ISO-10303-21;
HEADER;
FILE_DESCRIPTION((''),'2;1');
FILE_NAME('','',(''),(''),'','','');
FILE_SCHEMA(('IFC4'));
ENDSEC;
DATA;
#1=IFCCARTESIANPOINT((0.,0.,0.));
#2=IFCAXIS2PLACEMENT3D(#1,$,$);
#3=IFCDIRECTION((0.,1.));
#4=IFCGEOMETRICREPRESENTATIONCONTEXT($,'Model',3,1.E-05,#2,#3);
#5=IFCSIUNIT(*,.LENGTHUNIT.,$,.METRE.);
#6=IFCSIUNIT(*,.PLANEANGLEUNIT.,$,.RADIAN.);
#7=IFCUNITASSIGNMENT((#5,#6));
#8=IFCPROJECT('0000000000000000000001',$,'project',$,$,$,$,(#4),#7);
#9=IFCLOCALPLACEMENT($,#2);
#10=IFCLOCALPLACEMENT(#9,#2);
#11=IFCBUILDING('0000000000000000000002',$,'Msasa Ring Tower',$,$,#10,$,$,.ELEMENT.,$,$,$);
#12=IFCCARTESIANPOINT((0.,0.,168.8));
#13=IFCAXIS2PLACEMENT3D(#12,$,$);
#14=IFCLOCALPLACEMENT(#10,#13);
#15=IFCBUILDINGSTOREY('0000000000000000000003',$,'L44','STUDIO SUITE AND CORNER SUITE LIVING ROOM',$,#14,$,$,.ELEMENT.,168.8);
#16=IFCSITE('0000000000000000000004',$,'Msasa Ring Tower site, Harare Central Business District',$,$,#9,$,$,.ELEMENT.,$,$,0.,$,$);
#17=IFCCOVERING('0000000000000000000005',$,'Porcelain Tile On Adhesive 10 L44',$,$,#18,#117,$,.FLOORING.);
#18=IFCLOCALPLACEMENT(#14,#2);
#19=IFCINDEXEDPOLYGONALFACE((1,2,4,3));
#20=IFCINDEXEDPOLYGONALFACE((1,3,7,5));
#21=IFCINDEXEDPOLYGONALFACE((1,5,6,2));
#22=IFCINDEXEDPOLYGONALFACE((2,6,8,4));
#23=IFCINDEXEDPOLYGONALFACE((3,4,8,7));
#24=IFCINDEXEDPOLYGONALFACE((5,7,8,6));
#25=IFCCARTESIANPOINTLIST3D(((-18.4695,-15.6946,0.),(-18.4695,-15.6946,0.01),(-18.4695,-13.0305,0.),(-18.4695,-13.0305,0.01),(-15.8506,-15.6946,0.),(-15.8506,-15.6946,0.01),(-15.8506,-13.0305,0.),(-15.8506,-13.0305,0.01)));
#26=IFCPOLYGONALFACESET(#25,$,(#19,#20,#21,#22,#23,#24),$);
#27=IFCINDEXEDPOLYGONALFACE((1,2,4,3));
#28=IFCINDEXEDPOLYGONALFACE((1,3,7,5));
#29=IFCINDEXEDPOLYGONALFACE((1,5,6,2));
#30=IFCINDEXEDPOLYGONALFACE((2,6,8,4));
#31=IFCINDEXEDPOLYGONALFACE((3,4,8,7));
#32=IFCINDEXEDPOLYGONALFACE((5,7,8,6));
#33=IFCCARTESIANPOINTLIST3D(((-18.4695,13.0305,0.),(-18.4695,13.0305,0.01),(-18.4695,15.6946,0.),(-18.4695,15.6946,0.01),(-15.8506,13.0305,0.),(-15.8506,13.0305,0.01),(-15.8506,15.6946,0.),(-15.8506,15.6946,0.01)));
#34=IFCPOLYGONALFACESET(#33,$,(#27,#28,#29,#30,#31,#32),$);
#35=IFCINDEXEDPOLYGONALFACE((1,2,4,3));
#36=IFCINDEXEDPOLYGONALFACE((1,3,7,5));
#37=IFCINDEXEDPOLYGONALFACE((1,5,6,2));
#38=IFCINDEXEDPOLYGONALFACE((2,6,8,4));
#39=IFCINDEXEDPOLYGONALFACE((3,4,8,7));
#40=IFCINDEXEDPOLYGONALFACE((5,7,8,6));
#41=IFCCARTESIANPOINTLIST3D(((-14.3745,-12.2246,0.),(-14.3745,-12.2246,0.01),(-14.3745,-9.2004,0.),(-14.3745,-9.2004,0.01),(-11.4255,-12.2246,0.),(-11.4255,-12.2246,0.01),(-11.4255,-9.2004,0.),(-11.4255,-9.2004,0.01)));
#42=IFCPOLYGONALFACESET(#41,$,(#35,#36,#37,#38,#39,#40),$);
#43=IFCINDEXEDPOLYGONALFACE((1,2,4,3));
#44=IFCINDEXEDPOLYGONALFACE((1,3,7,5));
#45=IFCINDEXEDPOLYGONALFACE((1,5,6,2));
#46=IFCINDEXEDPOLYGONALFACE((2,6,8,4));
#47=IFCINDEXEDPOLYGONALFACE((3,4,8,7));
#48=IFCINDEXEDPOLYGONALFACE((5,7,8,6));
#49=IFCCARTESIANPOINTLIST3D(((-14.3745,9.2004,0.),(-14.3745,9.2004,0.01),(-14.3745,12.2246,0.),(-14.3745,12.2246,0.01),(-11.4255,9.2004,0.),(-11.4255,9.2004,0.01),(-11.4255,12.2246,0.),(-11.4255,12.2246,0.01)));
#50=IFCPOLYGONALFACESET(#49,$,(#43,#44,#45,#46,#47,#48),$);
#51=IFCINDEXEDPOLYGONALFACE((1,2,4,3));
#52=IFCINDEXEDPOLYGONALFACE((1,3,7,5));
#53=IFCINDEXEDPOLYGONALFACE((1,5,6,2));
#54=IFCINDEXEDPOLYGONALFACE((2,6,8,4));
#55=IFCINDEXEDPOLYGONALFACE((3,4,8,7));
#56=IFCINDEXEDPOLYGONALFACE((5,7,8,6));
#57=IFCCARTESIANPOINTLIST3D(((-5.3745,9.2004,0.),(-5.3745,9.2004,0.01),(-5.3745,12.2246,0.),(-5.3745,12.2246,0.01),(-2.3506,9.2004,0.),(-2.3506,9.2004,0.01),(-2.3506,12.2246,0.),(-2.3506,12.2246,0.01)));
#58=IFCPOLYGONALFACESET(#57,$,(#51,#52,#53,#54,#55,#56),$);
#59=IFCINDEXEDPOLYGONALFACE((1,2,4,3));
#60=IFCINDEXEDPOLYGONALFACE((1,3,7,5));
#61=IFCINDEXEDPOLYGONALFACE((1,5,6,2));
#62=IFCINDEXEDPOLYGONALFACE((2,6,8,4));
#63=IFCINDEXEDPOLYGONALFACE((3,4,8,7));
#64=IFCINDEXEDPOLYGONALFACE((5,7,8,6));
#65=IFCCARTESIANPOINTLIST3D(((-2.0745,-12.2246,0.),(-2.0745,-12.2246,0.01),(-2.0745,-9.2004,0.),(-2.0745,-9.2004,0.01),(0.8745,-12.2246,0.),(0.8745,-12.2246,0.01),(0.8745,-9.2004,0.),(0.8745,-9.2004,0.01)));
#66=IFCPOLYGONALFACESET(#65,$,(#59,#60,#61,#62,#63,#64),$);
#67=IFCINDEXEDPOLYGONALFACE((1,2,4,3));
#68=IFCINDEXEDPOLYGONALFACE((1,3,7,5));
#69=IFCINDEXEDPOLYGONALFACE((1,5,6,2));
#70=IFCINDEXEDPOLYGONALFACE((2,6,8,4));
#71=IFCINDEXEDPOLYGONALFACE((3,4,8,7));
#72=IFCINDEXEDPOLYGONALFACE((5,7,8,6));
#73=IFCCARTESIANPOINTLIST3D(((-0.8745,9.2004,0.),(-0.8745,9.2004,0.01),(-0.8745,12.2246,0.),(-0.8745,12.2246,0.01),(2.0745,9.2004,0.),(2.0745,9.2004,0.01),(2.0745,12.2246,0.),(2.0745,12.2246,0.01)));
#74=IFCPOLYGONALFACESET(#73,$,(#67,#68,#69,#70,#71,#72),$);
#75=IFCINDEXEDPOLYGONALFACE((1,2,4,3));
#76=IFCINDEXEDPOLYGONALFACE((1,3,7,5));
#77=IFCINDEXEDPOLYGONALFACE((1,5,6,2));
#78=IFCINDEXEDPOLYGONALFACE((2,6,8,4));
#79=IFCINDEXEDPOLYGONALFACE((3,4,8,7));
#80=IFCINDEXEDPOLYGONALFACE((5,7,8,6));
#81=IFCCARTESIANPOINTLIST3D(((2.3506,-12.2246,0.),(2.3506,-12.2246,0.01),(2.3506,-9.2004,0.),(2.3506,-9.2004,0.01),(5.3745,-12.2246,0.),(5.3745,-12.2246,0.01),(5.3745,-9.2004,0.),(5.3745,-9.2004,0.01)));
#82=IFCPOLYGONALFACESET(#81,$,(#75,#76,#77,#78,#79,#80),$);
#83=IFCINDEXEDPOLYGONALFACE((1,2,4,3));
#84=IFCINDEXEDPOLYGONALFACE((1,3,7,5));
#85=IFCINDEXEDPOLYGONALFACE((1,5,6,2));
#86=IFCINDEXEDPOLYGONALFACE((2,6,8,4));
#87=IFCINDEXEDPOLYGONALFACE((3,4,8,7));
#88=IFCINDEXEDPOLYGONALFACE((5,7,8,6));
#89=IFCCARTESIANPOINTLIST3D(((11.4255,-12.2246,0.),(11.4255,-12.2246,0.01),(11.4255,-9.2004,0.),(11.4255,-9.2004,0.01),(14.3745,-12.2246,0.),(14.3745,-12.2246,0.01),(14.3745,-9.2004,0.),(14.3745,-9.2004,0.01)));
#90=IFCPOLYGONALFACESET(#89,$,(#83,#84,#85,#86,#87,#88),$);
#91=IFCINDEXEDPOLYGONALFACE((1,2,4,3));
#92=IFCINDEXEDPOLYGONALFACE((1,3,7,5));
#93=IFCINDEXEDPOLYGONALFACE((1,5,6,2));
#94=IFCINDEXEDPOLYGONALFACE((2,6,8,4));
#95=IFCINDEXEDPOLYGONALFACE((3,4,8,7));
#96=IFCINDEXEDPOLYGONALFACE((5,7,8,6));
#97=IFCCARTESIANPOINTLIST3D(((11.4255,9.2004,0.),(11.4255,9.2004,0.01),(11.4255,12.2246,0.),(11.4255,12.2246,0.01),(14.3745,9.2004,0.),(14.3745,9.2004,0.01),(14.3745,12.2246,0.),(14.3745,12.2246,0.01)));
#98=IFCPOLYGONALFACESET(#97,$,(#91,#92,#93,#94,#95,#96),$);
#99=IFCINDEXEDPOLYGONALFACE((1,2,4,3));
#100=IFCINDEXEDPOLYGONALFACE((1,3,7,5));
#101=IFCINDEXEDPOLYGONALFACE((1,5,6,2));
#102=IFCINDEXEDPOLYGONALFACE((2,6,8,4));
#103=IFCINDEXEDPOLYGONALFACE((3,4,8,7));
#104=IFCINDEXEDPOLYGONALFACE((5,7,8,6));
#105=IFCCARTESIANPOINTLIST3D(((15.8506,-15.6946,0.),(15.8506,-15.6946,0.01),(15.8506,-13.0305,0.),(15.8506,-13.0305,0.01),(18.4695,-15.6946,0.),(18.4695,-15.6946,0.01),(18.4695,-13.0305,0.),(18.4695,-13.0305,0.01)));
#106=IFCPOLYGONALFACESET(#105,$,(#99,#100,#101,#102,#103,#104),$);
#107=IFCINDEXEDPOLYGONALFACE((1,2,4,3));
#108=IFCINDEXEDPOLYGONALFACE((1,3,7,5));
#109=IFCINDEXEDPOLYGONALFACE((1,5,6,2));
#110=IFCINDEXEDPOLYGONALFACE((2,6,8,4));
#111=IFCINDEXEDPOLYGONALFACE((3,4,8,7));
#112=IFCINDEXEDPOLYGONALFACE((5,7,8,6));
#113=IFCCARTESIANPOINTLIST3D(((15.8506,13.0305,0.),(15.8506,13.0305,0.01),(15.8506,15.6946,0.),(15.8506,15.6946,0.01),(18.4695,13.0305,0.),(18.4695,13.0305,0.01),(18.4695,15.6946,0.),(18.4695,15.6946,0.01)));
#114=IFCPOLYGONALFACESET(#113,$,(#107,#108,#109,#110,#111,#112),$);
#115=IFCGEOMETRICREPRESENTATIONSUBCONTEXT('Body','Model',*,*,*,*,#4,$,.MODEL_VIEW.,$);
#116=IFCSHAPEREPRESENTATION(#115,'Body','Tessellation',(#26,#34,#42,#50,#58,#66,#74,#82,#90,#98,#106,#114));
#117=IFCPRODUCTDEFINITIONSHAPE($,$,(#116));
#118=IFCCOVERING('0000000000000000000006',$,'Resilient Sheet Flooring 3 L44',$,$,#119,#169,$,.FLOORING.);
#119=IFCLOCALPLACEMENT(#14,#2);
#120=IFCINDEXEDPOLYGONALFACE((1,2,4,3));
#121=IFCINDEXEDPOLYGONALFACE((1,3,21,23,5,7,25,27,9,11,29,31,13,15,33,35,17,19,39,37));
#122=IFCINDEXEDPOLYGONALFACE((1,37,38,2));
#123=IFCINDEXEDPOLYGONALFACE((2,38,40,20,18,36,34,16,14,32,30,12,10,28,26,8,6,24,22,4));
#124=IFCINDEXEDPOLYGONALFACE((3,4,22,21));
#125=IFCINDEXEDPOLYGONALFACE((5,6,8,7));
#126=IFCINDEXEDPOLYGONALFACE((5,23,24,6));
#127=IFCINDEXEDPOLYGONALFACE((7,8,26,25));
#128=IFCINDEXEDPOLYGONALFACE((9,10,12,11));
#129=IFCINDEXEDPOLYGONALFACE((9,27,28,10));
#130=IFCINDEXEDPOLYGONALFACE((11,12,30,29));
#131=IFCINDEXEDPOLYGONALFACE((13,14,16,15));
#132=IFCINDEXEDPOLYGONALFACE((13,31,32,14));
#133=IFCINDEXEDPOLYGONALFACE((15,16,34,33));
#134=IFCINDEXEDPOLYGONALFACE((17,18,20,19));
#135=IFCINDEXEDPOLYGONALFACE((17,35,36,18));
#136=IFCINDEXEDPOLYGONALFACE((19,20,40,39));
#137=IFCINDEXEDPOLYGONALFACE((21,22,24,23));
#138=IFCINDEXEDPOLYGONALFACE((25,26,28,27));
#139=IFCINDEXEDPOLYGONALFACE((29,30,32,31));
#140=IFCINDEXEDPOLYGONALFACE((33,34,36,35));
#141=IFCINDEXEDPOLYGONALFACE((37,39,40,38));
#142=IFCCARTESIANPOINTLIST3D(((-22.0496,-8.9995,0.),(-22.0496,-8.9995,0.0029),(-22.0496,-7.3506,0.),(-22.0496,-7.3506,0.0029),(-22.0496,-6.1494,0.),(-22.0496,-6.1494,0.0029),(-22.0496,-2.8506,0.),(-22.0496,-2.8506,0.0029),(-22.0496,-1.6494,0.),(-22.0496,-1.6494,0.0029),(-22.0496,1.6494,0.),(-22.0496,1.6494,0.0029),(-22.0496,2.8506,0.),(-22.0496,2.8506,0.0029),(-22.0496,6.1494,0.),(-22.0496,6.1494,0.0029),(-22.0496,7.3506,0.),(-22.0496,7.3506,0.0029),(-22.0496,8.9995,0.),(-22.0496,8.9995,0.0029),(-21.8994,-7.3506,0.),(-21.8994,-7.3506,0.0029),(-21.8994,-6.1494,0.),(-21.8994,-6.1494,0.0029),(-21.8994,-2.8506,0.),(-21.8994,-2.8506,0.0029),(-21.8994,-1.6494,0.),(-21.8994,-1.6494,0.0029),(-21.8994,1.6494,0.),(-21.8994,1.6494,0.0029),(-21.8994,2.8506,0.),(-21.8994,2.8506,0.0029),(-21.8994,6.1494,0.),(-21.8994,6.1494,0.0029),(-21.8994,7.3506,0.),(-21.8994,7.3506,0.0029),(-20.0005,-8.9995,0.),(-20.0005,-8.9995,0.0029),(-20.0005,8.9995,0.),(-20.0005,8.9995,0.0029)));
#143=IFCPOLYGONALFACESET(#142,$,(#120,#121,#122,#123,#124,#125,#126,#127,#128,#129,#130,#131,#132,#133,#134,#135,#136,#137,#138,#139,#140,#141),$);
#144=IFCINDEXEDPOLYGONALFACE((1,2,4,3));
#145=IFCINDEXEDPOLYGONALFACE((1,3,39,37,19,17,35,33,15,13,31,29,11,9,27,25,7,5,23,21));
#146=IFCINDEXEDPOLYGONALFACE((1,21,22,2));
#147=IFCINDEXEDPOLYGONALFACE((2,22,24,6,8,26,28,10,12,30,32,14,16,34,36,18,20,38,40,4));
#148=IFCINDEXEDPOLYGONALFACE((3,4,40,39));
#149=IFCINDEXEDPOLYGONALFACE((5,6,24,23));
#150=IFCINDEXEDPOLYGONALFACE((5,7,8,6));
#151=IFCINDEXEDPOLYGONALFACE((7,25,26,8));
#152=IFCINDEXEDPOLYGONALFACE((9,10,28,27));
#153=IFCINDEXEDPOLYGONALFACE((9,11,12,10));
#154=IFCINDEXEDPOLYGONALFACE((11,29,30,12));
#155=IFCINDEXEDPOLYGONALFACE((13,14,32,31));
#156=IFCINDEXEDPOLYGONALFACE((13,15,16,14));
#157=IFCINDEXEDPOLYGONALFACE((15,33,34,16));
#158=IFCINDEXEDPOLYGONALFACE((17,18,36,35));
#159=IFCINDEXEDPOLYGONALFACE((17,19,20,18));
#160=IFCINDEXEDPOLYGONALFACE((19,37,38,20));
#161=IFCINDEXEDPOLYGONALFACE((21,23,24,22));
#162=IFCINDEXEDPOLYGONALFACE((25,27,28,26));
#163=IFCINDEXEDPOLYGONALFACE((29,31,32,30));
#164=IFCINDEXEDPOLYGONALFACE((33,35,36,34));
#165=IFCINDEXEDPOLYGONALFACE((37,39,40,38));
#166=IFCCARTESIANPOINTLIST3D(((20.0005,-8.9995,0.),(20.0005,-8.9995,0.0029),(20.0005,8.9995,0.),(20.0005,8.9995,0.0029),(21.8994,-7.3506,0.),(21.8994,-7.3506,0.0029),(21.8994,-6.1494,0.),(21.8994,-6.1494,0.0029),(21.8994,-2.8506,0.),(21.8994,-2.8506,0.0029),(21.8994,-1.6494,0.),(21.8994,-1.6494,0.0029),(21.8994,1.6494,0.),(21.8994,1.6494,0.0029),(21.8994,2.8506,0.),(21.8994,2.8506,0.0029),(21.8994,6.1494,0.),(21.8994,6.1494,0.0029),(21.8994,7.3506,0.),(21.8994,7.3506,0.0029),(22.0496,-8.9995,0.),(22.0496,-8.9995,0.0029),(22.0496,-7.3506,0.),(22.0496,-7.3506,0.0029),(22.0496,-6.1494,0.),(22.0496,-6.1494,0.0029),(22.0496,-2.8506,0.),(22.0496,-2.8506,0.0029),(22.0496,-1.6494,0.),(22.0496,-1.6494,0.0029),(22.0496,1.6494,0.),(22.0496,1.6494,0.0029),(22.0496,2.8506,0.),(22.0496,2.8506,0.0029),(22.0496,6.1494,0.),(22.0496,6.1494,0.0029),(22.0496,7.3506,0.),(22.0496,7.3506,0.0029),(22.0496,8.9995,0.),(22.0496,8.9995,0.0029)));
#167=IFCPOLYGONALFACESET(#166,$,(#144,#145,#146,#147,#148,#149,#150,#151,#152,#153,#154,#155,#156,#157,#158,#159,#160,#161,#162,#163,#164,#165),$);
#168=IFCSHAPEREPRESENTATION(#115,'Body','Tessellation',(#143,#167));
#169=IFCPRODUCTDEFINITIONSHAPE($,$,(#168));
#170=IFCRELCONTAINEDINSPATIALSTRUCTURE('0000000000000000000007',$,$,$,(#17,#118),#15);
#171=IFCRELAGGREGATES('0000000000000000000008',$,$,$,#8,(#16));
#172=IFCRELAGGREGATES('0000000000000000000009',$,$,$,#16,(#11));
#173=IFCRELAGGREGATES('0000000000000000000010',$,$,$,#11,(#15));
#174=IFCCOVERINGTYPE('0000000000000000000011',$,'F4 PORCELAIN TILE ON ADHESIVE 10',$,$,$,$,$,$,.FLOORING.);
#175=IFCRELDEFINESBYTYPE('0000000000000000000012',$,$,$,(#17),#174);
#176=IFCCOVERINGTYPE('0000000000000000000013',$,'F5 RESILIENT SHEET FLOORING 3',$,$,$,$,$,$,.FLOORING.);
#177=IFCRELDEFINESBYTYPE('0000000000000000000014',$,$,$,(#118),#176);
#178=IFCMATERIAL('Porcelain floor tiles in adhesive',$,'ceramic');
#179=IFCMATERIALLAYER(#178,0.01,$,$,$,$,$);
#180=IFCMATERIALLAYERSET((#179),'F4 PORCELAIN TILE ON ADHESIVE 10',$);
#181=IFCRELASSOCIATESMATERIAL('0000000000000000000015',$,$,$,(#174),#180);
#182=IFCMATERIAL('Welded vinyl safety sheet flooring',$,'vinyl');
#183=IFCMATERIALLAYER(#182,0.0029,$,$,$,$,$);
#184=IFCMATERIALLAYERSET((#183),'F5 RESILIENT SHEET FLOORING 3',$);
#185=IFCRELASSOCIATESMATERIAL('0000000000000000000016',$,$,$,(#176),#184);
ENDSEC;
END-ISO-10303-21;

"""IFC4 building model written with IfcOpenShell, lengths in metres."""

from ifc_helpers import new_model, si_unit, direction, frame, origin, place, context, subcontext, project, spatial, line, indexed_curve, outline, extrude, material, layer, layer_set, type_object, element, save


model = new_model("IFC4")

# Units and contexts
model_context = context("Model", 3, precision=1e-05, world=origin(), true_north=direction((0.0, 1.0)))
body_context = subcontext(model_context, "Body", "Model", "MODEL_VIEW")
ifc_project = project(units=[si_unit("LENGTHUNIT", "METRE"), si_unit("PLANEANGLEUNIT", "RADIAN")], contexts=[model_context])

# Site, building, storey
site_placement = place(None, origin())
site = spatial("IfcSite", under=ifc_project, at=site_placement, Name="Msasa Ring Tower site, Harare Central Business District", CompositionType="ELEMENT", RefElevation=0.0)
building_placement = place(site_placement, origin())
building = spatial("IfcBuilding", under=site, at=building_placement, Name="Msasa Ring Tower", CompositionType="ELEMENT")
storey_placement = place(building_placement, frame((0.0, 0.0, 168.8)))
storey = spatial("IfcBuildingStorey", under=building, at=storey_placement, Name="L44", Description="STUDIO SUITE AND CORNER SUITE LIVING ROOM", CompositionType="ELEMENT", Elevation=168.8)

# Coverings
ifc_material_1 = material(Name="Porcelain floor tiles in adhesive", Category="ceramic")
ifc_layer_1 = layer(ifc_material_1, 0.01)
ifc_layer_set_1 = layer_set([ifc_layer_1], Name="F4 PORCELAIN TILE ON ADHESIVE 10")
covering_type_1 = type_object("IfcCoveringType", Name="F4 PORCELAIN TILE ON ADHESIVE 10", PredefinedType="FLOORING", material=ifc_layer_set_1)
covering_1_placement = place(storey_placement, origin())
element("IfcCovering", 1, at=covering_1_placement, inside=storey, type_object=covering_type_1, Name="Porcelain Tile On Adhesive 10 L44", PredefinedType="FLOORING", context=body_context, shape_type="SweptSolid", body=[
    extrude(outline(indexed_curve([(-18.4695, -13.0305), (-15.8506, -13.0305), (-15.8506, -15.6946), (-18.4695, -15.6946)], segments=[line(1, 2, 3, 4, 1)], self_intersect=False)), origin(), (0.0, 0.0, 1.0), 0.01),
    extrude(outline(indexed_curve([(-15.8506, 15.6946), (-15.8506, 13.0305), (-18.4695, 13.0305), (-18.4695, 15.6946)], segments=[line(1, 2, 3, 4, 1)], self_intersect=False)), origin(), (0.0, 0.0, 1.0), 0.01),
    extrude(outline(indexed_curve([(-11.4255, -9.2004), (-11.4255, -12.2246), (-14.3745, -12.2246), (-14.3745, -9.2004)], segments=[line(1, 2, 3, 4, 1)], self_intersect=False)), origin(), (0.0, 0.0, 1.0), 0.01),
    extrude(outline(indexed_curve([(-14.3745, 9.2004), (-14.3745, 12.2246), (-11.4255, 12.2246), (-11.4255, 9.2004)], segments=[line(1, 2, 3, 4, 1)], self_intersect=False)), origin(), (0.0, 0.0, 1.0), 0.01),
    extrude(outline(indexed_curve([(-2.3506, 9.2004), (-5.3745, 9.2004), (-5.3745, 12.2246), (-2.3506, 12.2246)], segments=[line(1, 2, 3, 4, 1)], self_intersect=False)), origin(), (0.0, 0.0, 1.0), 0.01),
    extrude(outline(indexed_curve([(0.8745, -9.2004), (0.8745, -12.2246), (-2.0745, -12.2246), (-2.0745, -9.2004)], segments=[line(1, 2, 3, 4, 1)], self_intersect=False)), origin(), (0.0, 0.0, 1.0), 0.01),
    extrude(outline(indexed_curve([(-0.8745, 9.2004), (-0.8745, 12.2246), (2.0745, 12.2246), (2.0745, 9.2004)], segments=[line(1, 2, 3, 4, 1)], self_intersect=False)), origin(), (0.0, 0.0, 1.0), 0.01),
    extrude(outline(indexed_curve([(5.3745, -9.2004), (5.3745, -12.2246), (2.3506, -12.2246), (2.3506, -9.2004)], segments=[line(1, 2, 3, 4, 1)], self_intersect=False)), origin(), (0.0, 0.0, 1.0), 0.01),
    extrude(outline(indexed_curve([(14.3745, -9.2004), (14.3745, -12.2246), (11.4255, -12.2246), (11.4255, -9.2004)], segments=[line(1, 2, 3, 4, 1)], self_intersect=False)), origin(), (0.0, 0.0, 1.0), 0.01),
    extrude(outline(indexed_curve([(11.4255, 9.2004), (11.4255, 12.2246), (14.3745, 12.2246), (14.3745, 9.2004)], segments=[line(1, 2, 3, 4, 1)], self_intersect=False)), origin(), (0.0, 0.0, 1.0), 0.01),
    extrude(outline(indexed_curve([(15.8506, -13.0305), (18.4695, -13.0305), (18.4695, -15.6946), (15.8506, -15.6946)], segments=[line(1, 2, 3, 4, 1)], self_intersect=False)), origin(), (0.0, 0.0, 1.0), 0.01),
    extrude(outline(indexed_curve([(18.4695, 15.6946), (18.4695, 13.0305), (15.8506, 13.0305), (15.8506, 15.6946)], segments=[line(1, 2, 3, 4, 1)], self_intersect=False)), origin(), (0.0, 0.0, 1.0), 0.01),
])
ifc_material_2 = material(Name="Welded vinyl safety sheet flooring", Category="vinyl")
ifc_layer_2 = layer(ifc_material_2, 0.0029)
ifc_layer_set_2 = layer_set([ifc_layer_2], Name="F5 RESILIENT SHEET FLOORING 3")
covering_type_2 = type_object("IfcCoveringType", Name="F5 RESILIENT SHEET FLOORING 3", PredefinedType="FLOORING", material=ifc_layer_set_2)
covering_2_placement = place(storey_placement, origin())
element("IfcCovering", 2, at=covering_2_placement, inside=storey, type_object=covering_type_2, Name="Resilient Sheet Flooring 3 L44", PredefinedType="FLOORING", context=body_context, shape_type="SweptSolid", body=[
    extrude(outline(indexed_curve([(-22.0496, -7.3506), (-21.8994, -7.3506), (-21.8994, -6.1494), (-22.0496, -6.1494), (-22.0496, -2.8506), (-21.8994, -2.8506), (-21.8994, -1.6494), (-22.0496, -1.6494), (-22.0496, 1.6494), (-21.8994, 1.6494), (-21.8994, 2.8506), (-22.0496, 2.8506), (-22.0496, 6.1494), (-21.8994, 6.1494), (-21.8994, 7.3506), (-22.0496, 7.3506), (-22.0496, 8.9995), (-20.0005, 8.9995), (-20.0005, -8.9995), (-22.0496, -8.9995)], segments=[line(1, 2, 3, 4, 5, 6, 7, 8, 9, 10, 11, 12, 13, 14, 15, 16, 17, 18, 19, 20, 1)], self_intersect=False)), origin(), (0.0, 0.0, 1.0), 0.0029),
    extrude(outline(indexed_curve([(22.0496, 8.9995), (22.0496, 7.3506), (21.8994, 7.3506), (21.8994, 6.1494), (22.0496, 6.1494), (22.0496, 2.8506), (21.8994, 2.8506), (21.8994, 1.6494), (22.0496, 1.6494), (22.0496, -1.6494), (21.8994, -1.6494), (21.8994, -2.8506), (22.0496, -2.8506), (22.0496, -6.1494), (21.8994, -6.1494), (21.8994, -7.3506), (22.0496, -7.3506), (22.0496, -8.9995), (20.0005, -8.9995), (20.0005, 8.9995)], segments=[line(1, 2, 3, 4, 5, 6, 7, 8, 9, 10, 11, 12, 13, 14, 15, 16, 17, 18, 19, 20, 1)], self_intersect=False)), origin(), (0.0, 0.0, 1.0), 0.0029),
])

save(model, "model.ifc")
